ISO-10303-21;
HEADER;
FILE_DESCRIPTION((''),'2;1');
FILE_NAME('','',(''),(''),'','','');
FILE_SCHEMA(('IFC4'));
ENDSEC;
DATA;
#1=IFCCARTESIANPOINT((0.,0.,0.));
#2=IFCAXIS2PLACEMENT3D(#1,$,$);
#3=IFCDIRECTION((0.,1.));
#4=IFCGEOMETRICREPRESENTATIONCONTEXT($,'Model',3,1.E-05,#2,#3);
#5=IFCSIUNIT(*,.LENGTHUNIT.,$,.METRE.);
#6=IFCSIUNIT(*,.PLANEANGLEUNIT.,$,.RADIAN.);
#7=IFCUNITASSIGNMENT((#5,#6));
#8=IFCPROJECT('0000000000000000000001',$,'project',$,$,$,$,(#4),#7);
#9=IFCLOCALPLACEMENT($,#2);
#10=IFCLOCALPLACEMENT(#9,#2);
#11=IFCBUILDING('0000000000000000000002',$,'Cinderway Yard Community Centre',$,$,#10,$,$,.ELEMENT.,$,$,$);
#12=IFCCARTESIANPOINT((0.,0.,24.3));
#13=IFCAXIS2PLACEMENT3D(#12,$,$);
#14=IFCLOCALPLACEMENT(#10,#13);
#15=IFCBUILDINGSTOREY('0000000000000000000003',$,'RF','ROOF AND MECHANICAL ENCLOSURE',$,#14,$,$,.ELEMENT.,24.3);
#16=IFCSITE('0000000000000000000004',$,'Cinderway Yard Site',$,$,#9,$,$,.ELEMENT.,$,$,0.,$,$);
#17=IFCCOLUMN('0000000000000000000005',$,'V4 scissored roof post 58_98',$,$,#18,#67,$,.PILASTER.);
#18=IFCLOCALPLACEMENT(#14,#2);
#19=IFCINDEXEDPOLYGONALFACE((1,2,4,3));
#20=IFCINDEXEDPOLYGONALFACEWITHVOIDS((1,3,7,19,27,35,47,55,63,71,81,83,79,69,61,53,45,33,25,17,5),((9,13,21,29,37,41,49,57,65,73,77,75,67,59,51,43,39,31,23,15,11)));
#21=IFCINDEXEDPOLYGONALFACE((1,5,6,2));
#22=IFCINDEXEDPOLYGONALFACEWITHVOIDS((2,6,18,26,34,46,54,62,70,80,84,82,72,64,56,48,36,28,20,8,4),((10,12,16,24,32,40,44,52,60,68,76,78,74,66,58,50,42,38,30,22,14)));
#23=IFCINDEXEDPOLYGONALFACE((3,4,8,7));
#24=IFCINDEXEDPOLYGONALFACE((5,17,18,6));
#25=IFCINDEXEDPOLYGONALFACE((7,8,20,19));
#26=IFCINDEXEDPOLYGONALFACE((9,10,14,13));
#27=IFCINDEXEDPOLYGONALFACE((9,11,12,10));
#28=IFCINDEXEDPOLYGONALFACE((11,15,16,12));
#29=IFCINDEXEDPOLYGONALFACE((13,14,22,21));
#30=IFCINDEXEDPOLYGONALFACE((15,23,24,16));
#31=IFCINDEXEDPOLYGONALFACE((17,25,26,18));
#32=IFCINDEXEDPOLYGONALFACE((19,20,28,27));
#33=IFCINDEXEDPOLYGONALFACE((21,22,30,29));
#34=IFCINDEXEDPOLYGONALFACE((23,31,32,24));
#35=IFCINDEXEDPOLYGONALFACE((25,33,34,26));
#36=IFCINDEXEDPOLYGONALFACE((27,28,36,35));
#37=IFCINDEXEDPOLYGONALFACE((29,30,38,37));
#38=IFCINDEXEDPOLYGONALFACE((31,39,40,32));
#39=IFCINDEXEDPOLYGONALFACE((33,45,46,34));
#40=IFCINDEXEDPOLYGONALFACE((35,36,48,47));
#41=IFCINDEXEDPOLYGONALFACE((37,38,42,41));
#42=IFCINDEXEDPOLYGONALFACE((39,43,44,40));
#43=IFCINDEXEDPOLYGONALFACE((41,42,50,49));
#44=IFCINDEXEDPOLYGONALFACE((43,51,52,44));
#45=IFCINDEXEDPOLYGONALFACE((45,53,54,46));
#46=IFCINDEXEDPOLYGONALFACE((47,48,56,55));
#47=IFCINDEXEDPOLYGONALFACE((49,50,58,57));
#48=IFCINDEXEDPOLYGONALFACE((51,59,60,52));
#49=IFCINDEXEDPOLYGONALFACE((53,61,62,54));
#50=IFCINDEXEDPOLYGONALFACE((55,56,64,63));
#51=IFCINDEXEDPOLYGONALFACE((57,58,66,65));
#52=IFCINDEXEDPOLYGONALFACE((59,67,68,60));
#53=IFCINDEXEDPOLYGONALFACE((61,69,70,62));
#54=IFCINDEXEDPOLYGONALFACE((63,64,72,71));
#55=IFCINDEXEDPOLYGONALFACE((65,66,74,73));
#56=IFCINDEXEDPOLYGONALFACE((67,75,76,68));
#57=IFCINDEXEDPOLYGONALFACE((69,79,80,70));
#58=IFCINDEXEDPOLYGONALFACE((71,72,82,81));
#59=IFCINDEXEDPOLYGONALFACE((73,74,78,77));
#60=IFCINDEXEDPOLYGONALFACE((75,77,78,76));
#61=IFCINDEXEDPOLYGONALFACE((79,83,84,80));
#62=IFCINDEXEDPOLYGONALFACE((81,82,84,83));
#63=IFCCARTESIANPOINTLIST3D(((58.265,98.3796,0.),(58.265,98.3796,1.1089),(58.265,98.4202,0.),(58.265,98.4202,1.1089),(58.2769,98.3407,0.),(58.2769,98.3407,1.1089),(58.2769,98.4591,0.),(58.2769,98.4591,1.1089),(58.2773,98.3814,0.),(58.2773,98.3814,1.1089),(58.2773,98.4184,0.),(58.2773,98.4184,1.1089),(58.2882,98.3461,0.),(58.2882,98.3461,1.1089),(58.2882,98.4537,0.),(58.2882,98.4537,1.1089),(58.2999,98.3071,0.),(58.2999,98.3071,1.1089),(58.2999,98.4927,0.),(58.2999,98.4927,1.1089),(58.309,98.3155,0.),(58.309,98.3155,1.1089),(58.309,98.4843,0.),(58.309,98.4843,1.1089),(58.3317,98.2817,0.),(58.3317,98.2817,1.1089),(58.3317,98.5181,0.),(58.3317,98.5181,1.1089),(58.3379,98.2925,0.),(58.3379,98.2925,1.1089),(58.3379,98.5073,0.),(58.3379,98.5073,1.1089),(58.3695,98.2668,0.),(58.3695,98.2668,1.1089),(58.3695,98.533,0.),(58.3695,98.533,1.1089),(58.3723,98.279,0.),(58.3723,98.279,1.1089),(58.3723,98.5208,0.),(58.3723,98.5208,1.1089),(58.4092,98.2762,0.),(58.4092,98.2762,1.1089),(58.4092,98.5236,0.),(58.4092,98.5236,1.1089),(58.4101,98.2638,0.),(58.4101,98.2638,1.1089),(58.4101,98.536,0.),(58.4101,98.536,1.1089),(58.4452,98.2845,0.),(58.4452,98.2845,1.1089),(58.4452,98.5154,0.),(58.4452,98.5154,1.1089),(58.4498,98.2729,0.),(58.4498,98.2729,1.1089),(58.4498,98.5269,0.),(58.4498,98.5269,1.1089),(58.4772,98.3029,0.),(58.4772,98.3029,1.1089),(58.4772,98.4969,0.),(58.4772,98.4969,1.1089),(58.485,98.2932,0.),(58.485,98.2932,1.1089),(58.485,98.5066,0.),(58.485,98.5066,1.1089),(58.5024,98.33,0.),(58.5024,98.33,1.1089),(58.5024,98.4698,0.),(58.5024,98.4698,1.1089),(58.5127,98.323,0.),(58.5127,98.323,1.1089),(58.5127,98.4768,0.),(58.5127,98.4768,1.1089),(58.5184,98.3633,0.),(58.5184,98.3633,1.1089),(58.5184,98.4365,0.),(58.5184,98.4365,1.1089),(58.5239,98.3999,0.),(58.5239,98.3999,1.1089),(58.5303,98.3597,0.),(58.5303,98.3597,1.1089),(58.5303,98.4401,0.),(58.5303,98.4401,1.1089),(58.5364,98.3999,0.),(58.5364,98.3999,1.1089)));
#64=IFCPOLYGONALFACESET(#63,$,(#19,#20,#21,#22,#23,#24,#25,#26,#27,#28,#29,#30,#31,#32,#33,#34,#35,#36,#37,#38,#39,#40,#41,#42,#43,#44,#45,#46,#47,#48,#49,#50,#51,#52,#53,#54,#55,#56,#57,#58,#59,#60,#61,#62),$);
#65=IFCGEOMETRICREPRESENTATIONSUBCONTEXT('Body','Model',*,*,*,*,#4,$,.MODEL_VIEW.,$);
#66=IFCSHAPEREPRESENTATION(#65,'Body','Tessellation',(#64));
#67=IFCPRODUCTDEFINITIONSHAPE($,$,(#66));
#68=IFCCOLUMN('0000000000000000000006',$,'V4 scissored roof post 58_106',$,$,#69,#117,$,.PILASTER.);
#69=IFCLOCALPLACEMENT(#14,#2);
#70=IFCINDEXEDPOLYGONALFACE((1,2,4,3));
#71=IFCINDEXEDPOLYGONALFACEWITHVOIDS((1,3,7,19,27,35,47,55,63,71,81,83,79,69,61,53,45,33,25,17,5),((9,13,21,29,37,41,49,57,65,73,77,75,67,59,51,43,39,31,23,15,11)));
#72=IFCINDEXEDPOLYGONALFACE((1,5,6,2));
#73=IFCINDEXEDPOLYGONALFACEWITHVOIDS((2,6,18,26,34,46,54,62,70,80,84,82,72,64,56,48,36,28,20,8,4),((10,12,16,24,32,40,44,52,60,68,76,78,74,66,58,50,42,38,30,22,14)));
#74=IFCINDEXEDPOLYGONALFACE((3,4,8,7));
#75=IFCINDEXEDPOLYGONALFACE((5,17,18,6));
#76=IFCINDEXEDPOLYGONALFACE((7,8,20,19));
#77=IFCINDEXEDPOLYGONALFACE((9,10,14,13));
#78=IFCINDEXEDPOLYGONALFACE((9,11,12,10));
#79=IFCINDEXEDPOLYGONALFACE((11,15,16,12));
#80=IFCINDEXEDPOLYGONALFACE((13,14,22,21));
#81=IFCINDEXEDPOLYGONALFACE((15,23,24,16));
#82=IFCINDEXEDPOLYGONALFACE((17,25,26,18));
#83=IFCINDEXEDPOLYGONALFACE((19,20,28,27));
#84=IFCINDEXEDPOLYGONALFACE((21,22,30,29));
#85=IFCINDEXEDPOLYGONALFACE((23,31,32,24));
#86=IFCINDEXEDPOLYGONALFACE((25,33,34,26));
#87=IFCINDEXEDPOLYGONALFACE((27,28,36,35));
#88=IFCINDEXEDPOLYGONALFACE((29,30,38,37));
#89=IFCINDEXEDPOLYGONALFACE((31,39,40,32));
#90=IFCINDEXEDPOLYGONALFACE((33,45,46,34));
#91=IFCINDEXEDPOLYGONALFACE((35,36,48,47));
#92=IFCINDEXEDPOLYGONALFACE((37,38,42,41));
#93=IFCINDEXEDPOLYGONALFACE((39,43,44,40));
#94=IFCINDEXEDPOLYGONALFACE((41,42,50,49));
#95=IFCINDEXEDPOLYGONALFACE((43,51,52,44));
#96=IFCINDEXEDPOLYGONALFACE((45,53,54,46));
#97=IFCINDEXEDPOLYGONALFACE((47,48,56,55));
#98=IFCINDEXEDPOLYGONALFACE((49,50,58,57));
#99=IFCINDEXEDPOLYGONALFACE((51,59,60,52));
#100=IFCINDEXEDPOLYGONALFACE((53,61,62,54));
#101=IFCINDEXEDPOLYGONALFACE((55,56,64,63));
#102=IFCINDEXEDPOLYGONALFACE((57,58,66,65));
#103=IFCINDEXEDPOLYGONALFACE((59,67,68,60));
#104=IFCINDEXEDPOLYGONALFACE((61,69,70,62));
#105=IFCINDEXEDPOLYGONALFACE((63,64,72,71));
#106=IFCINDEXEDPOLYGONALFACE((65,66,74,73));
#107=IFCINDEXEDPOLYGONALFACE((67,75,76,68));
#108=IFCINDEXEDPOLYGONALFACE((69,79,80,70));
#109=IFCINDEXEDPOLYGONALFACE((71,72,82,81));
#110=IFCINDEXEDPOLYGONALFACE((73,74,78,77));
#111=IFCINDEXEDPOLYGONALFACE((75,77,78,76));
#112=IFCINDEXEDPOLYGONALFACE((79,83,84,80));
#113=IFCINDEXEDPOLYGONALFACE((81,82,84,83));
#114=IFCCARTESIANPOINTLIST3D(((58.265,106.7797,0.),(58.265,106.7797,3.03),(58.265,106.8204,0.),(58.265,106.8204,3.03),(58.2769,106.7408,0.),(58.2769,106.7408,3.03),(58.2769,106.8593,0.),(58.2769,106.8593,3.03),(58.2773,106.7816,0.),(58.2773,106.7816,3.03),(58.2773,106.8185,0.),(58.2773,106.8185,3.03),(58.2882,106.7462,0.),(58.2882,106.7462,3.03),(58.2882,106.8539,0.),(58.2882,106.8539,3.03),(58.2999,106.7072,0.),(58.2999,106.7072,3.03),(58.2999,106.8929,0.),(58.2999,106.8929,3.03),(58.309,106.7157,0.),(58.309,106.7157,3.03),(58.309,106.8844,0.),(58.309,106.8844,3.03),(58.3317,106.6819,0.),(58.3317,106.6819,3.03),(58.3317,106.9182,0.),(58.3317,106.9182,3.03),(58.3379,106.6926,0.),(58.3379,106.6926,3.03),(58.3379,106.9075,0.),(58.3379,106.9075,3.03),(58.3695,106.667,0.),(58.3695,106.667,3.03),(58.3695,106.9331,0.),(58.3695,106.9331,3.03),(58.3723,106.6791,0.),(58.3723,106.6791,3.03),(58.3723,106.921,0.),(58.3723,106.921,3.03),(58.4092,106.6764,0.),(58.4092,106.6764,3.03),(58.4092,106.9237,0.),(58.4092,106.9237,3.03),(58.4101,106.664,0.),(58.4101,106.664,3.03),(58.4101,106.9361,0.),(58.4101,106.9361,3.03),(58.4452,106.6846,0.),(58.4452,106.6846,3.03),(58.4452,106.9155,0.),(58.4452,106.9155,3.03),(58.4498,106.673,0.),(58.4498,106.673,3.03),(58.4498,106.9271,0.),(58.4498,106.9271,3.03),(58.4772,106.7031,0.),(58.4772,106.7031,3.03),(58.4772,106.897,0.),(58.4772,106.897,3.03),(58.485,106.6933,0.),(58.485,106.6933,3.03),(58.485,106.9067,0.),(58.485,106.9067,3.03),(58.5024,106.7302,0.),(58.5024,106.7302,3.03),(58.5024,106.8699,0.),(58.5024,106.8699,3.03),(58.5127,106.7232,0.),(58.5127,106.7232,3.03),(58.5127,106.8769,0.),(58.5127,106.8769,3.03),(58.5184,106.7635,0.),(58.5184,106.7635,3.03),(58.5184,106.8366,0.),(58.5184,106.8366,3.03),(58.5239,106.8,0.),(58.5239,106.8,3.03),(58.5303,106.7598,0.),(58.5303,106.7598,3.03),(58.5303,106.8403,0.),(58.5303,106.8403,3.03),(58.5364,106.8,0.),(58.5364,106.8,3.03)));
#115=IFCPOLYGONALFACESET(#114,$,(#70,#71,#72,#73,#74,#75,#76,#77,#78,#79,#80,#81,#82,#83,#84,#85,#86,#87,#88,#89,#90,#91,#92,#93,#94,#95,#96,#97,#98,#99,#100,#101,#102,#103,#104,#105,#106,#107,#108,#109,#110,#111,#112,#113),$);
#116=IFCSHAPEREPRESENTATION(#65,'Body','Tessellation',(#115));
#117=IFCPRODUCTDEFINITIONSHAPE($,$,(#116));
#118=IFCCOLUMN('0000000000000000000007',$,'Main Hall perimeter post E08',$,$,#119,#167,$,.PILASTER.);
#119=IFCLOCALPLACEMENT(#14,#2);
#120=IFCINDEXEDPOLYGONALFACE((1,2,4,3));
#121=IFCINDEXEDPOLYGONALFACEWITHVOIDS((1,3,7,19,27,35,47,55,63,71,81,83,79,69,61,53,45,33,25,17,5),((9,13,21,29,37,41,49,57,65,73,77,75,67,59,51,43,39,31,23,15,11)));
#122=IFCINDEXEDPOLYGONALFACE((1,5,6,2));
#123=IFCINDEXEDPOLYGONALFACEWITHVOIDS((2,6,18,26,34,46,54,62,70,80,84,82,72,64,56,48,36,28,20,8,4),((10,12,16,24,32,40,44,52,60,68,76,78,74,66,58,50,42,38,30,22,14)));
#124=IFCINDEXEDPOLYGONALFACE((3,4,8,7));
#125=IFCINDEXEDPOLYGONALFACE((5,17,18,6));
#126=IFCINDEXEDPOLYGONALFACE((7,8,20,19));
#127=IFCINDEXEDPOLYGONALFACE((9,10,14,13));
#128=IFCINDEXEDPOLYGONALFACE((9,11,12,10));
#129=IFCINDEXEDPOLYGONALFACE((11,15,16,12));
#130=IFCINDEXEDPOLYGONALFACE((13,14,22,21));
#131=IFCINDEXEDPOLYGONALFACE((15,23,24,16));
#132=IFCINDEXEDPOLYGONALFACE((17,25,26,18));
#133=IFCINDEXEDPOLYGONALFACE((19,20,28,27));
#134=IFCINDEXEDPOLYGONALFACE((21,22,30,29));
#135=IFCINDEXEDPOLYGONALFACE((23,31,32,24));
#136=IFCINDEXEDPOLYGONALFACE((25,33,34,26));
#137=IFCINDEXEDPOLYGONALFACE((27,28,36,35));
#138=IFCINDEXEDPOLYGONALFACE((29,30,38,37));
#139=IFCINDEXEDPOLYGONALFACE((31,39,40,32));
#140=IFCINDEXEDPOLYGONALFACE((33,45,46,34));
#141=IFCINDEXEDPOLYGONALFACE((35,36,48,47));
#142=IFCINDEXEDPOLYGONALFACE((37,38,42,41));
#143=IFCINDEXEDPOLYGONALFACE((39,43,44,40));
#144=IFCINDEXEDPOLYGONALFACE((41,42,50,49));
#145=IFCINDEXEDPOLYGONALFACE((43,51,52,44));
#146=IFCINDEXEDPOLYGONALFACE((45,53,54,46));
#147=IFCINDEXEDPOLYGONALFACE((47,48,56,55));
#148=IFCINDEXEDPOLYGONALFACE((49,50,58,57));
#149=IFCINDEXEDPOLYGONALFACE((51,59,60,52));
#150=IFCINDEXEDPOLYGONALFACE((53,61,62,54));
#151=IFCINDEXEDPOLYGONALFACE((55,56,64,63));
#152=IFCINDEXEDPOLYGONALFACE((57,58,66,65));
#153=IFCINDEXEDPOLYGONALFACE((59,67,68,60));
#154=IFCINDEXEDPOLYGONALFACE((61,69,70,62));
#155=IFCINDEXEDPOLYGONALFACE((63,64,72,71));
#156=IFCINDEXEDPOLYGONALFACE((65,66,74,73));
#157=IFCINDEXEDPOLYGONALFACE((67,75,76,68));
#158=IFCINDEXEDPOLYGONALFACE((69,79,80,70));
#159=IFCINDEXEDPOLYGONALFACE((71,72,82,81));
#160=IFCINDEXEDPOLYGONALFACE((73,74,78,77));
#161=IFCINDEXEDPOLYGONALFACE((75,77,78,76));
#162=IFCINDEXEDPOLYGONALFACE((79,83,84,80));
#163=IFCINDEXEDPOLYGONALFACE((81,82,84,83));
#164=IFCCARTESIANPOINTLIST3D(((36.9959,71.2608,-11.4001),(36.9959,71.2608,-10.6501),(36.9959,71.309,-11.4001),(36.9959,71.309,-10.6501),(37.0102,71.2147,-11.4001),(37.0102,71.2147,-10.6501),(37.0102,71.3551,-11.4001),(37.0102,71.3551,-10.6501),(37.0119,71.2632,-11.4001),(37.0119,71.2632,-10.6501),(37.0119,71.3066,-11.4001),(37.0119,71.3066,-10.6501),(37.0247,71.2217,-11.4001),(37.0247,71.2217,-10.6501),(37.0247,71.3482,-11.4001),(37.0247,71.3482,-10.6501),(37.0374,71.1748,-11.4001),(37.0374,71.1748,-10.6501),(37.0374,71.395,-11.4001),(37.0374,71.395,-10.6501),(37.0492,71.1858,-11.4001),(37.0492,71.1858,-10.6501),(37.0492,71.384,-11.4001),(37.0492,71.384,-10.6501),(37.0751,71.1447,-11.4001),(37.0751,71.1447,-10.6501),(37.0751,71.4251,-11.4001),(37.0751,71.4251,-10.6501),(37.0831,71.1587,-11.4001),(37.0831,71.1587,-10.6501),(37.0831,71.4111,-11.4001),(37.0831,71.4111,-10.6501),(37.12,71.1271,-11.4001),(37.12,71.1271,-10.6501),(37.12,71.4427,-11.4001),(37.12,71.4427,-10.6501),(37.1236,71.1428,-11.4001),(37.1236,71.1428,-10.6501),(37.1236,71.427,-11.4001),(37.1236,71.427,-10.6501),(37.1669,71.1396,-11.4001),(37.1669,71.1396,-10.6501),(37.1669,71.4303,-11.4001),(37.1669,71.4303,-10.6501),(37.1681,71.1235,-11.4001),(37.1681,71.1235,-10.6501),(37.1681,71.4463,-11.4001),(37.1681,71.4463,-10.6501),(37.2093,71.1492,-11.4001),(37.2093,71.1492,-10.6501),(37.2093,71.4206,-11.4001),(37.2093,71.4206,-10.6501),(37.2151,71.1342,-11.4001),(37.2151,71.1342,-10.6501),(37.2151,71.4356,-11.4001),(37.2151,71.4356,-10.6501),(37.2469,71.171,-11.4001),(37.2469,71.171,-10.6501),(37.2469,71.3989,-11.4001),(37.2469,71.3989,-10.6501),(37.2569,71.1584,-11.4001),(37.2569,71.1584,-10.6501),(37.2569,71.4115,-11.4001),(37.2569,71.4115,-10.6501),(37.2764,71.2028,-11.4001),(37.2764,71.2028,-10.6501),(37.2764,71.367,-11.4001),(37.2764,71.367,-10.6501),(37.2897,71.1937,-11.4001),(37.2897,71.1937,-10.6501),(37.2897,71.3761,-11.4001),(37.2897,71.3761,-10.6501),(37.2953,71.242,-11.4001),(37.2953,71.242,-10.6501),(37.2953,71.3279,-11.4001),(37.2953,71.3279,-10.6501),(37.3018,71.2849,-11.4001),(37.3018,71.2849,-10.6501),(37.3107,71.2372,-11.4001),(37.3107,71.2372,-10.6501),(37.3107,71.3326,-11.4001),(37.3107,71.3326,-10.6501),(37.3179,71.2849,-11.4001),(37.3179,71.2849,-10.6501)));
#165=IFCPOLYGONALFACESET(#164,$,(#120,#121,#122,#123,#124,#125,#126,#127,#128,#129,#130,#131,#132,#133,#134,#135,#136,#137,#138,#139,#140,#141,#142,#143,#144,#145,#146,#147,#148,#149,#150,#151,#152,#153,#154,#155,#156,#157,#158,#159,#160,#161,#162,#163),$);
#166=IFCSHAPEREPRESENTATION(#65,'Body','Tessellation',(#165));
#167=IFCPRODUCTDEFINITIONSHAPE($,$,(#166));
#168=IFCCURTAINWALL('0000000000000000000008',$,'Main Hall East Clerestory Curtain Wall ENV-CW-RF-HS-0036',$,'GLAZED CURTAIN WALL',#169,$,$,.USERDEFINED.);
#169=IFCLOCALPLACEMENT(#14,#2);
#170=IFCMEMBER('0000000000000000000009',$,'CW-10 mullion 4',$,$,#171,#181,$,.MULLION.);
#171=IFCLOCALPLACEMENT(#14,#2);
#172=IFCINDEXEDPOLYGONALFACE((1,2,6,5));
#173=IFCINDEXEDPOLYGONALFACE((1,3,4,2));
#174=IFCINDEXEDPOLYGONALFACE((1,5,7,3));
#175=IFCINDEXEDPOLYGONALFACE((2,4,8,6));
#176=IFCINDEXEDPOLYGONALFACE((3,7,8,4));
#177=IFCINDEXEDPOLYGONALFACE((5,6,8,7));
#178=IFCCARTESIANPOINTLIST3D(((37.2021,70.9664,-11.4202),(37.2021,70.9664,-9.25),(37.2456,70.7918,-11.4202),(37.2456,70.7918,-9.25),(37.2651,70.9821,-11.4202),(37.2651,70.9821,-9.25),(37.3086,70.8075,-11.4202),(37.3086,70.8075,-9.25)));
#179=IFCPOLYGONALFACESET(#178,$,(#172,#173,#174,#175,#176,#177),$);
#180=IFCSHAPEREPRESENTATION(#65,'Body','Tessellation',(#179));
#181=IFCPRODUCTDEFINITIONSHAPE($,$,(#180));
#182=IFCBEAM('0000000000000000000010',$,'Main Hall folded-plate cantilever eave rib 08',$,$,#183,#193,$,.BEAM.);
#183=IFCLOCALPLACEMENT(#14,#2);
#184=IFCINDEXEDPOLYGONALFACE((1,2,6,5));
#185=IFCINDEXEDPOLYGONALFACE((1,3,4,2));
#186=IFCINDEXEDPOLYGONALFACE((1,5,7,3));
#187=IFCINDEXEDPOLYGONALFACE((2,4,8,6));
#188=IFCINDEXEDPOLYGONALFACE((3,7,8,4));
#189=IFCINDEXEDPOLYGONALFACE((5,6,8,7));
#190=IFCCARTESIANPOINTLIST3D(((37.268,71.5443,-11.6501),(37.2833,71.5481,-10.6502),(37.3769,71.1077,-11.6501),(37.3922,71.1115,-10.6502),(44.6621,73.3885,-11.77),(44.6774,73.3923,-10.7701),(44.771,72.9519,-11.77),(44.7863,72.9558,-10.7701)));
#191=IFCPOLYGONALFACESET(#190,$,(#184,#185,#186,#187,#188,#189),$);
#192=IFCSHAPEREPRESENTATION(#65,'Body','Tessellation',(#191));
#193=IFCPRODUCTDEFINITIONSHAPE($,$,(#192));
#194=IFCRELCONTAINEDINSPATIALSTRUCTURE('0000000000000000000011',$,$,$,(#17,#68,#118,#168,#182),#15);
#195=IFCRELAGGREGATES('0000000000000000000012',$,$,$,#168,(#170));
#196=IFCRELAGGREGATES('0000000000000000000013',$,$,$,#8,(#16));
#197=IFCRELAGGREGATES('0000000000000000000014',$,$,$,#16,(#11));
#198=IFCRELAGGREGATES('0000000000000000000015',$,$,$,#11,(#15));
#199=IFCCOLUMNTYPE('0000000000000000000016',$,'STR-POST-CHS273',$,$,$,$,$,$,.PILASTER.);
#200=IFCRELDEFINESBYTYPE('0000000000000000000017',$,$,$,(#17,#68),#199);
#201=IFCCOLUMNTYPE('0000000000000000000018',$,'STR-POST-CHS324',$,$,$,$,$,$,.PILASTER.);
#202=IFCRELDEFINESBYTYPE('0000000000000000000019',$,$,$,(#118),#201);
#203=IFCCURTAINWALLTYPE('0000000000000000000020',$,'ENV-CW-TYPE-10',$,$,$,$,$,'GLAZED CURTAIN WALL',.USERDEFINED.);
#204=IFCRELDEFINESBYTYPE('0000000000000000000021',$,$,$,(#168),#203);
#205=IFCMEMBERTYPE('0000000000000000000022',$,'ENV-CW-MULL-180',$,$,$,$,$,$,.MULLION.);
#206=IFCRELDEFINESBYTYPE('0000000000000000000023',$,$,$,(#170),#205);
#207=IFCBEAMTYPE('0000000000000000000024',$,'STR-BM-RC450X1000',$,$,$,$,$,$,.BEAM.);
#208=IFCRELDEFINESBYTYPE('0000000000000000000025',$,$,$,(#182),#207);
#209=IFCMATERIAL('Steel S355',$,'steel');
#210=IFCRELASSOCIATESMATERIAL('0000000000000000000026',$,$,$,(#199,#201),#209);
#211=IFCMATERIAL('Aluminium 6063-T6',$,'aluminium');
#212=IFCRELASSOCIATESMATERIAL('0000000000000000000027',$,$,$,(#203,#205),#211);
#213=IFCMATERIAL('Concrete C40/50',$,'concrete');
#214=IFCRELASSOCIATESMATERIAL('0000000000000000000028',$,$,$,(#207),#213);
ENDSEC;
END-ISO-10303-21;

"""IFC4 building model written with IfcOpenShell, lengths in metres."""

from ifc_helpers import new_model, si_unit, direction, frame, origin, origin_2d, place, context, subcontext, project, spatial, rectangle, hollow_circle, extrude, material, material_profile, profile_set, type_object, element, aggregate, save


model = new_model("IFC4")

# Units and contexts
model_context = context("Model", 3, precision=1e-05, world=origin(), true_north=direction((0.0, 1.0)))
body_context = subcontext(model_context, "Body", "Model", "MODEL_VIEW")
ifc_project = project(units=[si_unit("LENGTHUNIT", "METRE"), si_unit("PLANEANGLEUNIT", "RADIAN")], contexts=[model_context])

# Site, building, storey
site_placement = place(None, origin())
site = spatial("IfcSite", under=ifc_project, at=site_placement, Name="Cinderway Yard Site", CompositionType="ELEMENT", RefElevation=0.0)
building_placement = place(site_placement, origin())
building = spatial("IfcBuilding", under=site, at=building_placement, Name="Cinderway Yard Community Centre", CompositionType="ELEMENT")
storey_placement = place(building_placement, frame((0.0, 0.0, 24.3)))
storey = spatial("IfcBuildingStorey", under=building, at=storey_placement, Name="RF", Description="ROOF AND MECHANICAL ENCLOSURE", CompositionType="ELEMENT", Elevation=24.3)

# Columns
ifc_material_1 = material(Name="Steel S355", Category="steel")
ifc_material_profile_1 = material_profile(ifc_material_1, hollow_circle(Radius=0.1365, WallThickness=0.0125, at=origin_2d()), Name="Steel S355")
ifc_profile_set_1 = profile_set([ifc_material_profile_1], Name="Steel S355")
column_type_1 = type_object("IfcColumnType", Name="STR-POST-CHS273", PredefinedType="PILASTER", material=ifc_profile_set_1)
column_1_placement = place(storey_placement, frame((58.3999, 98.3999, 0.0), z_axis=(0.0, 0.0, 1.0), x_axis=(1.0, 0.0, 0.0)))
element("IfcColumn", 1, at=column_1_placement, inside=storey, type_object=column_type_1, Name="V4 scissored roof post 58_98", PredefinedType="PILASTER", context=body_context, shape_type="SweptSolid", body=[
    extrude(hollow_circle(Radius=0.1365, WallThickness=0.0125, at=origin_2d()), origin(), (0.0, 0.0, 1.0), 1.1089),
])
column_2_placement = place(storey_placement, frame((58.3999, 106.8, 0.0), z_axis=(0.0, 0.0, 1.0), x_axis=(1.0, 0.0, 0.0)))
element("IfcColumn", 2, at=column_2_placement, inside=storey, type_object=column_type_1, Name="V4 scissored roof post 58_106", PredefinedType="PILASTER", context=body_context, shape_type="SweptSolid", body=[
    extrude(hollow_circle(Radius=0.1365, WallThickness=0.0125, at=origin_2d()), origin(), (0.0, 0.0, 1.0), 3.03),
])
ifc_material_profile_2 = material_profile(ifc_material_1, hollow_circle(Radius=0.1619, WallThickness=0.0161, at=origin_2d()), Name="Steel S355")
ifc_profile_set_2 = profile_set([ifc_material_profile_2], Name="Steel S355")
column_type_2 = type_object("IfcColumnType", Name="STR-POST-CHS324", PredefinedType="PILASTER", material=ifc_profile_set_2)
column_3_placement = place(storey_placement, frame((37.156, 71.2849, -11.4001), z_axis=(0.0, 0.0, 1.0), x_axis=(1.0, 0.0, 0.0)))
element("IfcColumn", 3, at=column_3_placement, inside=storey, type_object=column_type_2, Name="Main Hall perimeter post E08", PredefinedType="PILASTER", context=body_context, shape_type="SweptSolid", body=[
    extrude(hollow_circle(Radius=0.1619, WallThickness=0.0161, at=origin_2d()), origin(), (0.0, 0.0, 1.0), 0.75),
])

# Curtain wall, member
ifc_material_2 = material(Name="Aluminium 6063-T6", Category="aluminium")
curtain_wall_type = type_object("IfcCurtainWallType", Name="ENV-CW-TYPE-10", ElementType="GLAZED CURTAIN WALL", PredefinedType="USERDEFINED", material=ifc_material_2)
curtain_wall_placement = place(storey_placement, origin())
curtain_wall = element("IfcCurtainWall", 4, at=curtain_wall_placement, inside=storey, type_object=curtain_wall_type, Name="Main Hall East Clerestory Curtain Wall ENV-CW-RF-HS-0036", ObjectType="GLAZED CURTAIN WALL", PredefinedType="USERDEFINED")
ifc_material_profile_3 = material_profile(ifc_material_2, rectangle(XDim=0.0649, YDim=0.1799, at=origin_2d()), Name="Aluminium 6063-T6")
ifc_profile_set_3 = profile_set([ifc_material_profile_3], Name="Aluminium 6063-T6")
member_type_1 = type_object("IfcMemberType", Name="ENV-CW-MULL-180", PredefinedType="MULLION", material=ifc_profile_set_3)
member_1_placement = place(storey_placement, frame((37.2554, 70.887, -11.4202), z_axis=(0.0, 0.0, 1.0), x_axis=(-0.970306, -0.241882, 0.0)))
member_1 = element("IfcMember", 5, at=member_1_placement, type_object=member_type_1, Name="CW-10 mullion 4", PredefinedType="MULLION", context=body_context, shape_type="SweptSolid", body=[
    extrude(rectangle(XDim=0.0649, YDim=0.1799, at=origin_2d()), origin(), (0.0, 0.0, 1.0), 2.1702),
])
aggregate(curtain_wall, [member_1])

# Beam
ifc_material_3 = material(Name="Concrete C40/50", Category="concrete")
ifc_material_profile_4 = material_profile(ifc_material_3, rectangle(XDim=0.45, YDim=1.0, at=origin_2d()), Name="Concrete C40/50")
ifc_profile_set_4 = profile_set([ifc_material_profile_4], Name="Concrete C40/50")
beam_type_1 = type_object("IfcBeamType", Name="STR-BM-RC450X1000", PredefinedType="BEAM", material=ifc_profile_set_4)
beam_1_placement = place(storey_placement, frame((37.3301, 71.3279, -11.1501), z_axis=(0.970154, 0.241978, -0.015728), x_axis=(-0.242008, 0.970274, 0.0)))
element("IfcBeam", 6, at=beam_1_placement, inside=storey, type_object=beam_type_1, Name="Main Hall folded-plate cantilever eave rib 08", PredefinedType="BEAM", context=body_context, shape_type="SweptSolid", body=[
    extrude(rectangle(XDim=0.45, YDim=1.0, at=origin_2d()), origin(), (0.0, 0.0, 1.0), 7.6216),
])

save(model, "model.ifc")
